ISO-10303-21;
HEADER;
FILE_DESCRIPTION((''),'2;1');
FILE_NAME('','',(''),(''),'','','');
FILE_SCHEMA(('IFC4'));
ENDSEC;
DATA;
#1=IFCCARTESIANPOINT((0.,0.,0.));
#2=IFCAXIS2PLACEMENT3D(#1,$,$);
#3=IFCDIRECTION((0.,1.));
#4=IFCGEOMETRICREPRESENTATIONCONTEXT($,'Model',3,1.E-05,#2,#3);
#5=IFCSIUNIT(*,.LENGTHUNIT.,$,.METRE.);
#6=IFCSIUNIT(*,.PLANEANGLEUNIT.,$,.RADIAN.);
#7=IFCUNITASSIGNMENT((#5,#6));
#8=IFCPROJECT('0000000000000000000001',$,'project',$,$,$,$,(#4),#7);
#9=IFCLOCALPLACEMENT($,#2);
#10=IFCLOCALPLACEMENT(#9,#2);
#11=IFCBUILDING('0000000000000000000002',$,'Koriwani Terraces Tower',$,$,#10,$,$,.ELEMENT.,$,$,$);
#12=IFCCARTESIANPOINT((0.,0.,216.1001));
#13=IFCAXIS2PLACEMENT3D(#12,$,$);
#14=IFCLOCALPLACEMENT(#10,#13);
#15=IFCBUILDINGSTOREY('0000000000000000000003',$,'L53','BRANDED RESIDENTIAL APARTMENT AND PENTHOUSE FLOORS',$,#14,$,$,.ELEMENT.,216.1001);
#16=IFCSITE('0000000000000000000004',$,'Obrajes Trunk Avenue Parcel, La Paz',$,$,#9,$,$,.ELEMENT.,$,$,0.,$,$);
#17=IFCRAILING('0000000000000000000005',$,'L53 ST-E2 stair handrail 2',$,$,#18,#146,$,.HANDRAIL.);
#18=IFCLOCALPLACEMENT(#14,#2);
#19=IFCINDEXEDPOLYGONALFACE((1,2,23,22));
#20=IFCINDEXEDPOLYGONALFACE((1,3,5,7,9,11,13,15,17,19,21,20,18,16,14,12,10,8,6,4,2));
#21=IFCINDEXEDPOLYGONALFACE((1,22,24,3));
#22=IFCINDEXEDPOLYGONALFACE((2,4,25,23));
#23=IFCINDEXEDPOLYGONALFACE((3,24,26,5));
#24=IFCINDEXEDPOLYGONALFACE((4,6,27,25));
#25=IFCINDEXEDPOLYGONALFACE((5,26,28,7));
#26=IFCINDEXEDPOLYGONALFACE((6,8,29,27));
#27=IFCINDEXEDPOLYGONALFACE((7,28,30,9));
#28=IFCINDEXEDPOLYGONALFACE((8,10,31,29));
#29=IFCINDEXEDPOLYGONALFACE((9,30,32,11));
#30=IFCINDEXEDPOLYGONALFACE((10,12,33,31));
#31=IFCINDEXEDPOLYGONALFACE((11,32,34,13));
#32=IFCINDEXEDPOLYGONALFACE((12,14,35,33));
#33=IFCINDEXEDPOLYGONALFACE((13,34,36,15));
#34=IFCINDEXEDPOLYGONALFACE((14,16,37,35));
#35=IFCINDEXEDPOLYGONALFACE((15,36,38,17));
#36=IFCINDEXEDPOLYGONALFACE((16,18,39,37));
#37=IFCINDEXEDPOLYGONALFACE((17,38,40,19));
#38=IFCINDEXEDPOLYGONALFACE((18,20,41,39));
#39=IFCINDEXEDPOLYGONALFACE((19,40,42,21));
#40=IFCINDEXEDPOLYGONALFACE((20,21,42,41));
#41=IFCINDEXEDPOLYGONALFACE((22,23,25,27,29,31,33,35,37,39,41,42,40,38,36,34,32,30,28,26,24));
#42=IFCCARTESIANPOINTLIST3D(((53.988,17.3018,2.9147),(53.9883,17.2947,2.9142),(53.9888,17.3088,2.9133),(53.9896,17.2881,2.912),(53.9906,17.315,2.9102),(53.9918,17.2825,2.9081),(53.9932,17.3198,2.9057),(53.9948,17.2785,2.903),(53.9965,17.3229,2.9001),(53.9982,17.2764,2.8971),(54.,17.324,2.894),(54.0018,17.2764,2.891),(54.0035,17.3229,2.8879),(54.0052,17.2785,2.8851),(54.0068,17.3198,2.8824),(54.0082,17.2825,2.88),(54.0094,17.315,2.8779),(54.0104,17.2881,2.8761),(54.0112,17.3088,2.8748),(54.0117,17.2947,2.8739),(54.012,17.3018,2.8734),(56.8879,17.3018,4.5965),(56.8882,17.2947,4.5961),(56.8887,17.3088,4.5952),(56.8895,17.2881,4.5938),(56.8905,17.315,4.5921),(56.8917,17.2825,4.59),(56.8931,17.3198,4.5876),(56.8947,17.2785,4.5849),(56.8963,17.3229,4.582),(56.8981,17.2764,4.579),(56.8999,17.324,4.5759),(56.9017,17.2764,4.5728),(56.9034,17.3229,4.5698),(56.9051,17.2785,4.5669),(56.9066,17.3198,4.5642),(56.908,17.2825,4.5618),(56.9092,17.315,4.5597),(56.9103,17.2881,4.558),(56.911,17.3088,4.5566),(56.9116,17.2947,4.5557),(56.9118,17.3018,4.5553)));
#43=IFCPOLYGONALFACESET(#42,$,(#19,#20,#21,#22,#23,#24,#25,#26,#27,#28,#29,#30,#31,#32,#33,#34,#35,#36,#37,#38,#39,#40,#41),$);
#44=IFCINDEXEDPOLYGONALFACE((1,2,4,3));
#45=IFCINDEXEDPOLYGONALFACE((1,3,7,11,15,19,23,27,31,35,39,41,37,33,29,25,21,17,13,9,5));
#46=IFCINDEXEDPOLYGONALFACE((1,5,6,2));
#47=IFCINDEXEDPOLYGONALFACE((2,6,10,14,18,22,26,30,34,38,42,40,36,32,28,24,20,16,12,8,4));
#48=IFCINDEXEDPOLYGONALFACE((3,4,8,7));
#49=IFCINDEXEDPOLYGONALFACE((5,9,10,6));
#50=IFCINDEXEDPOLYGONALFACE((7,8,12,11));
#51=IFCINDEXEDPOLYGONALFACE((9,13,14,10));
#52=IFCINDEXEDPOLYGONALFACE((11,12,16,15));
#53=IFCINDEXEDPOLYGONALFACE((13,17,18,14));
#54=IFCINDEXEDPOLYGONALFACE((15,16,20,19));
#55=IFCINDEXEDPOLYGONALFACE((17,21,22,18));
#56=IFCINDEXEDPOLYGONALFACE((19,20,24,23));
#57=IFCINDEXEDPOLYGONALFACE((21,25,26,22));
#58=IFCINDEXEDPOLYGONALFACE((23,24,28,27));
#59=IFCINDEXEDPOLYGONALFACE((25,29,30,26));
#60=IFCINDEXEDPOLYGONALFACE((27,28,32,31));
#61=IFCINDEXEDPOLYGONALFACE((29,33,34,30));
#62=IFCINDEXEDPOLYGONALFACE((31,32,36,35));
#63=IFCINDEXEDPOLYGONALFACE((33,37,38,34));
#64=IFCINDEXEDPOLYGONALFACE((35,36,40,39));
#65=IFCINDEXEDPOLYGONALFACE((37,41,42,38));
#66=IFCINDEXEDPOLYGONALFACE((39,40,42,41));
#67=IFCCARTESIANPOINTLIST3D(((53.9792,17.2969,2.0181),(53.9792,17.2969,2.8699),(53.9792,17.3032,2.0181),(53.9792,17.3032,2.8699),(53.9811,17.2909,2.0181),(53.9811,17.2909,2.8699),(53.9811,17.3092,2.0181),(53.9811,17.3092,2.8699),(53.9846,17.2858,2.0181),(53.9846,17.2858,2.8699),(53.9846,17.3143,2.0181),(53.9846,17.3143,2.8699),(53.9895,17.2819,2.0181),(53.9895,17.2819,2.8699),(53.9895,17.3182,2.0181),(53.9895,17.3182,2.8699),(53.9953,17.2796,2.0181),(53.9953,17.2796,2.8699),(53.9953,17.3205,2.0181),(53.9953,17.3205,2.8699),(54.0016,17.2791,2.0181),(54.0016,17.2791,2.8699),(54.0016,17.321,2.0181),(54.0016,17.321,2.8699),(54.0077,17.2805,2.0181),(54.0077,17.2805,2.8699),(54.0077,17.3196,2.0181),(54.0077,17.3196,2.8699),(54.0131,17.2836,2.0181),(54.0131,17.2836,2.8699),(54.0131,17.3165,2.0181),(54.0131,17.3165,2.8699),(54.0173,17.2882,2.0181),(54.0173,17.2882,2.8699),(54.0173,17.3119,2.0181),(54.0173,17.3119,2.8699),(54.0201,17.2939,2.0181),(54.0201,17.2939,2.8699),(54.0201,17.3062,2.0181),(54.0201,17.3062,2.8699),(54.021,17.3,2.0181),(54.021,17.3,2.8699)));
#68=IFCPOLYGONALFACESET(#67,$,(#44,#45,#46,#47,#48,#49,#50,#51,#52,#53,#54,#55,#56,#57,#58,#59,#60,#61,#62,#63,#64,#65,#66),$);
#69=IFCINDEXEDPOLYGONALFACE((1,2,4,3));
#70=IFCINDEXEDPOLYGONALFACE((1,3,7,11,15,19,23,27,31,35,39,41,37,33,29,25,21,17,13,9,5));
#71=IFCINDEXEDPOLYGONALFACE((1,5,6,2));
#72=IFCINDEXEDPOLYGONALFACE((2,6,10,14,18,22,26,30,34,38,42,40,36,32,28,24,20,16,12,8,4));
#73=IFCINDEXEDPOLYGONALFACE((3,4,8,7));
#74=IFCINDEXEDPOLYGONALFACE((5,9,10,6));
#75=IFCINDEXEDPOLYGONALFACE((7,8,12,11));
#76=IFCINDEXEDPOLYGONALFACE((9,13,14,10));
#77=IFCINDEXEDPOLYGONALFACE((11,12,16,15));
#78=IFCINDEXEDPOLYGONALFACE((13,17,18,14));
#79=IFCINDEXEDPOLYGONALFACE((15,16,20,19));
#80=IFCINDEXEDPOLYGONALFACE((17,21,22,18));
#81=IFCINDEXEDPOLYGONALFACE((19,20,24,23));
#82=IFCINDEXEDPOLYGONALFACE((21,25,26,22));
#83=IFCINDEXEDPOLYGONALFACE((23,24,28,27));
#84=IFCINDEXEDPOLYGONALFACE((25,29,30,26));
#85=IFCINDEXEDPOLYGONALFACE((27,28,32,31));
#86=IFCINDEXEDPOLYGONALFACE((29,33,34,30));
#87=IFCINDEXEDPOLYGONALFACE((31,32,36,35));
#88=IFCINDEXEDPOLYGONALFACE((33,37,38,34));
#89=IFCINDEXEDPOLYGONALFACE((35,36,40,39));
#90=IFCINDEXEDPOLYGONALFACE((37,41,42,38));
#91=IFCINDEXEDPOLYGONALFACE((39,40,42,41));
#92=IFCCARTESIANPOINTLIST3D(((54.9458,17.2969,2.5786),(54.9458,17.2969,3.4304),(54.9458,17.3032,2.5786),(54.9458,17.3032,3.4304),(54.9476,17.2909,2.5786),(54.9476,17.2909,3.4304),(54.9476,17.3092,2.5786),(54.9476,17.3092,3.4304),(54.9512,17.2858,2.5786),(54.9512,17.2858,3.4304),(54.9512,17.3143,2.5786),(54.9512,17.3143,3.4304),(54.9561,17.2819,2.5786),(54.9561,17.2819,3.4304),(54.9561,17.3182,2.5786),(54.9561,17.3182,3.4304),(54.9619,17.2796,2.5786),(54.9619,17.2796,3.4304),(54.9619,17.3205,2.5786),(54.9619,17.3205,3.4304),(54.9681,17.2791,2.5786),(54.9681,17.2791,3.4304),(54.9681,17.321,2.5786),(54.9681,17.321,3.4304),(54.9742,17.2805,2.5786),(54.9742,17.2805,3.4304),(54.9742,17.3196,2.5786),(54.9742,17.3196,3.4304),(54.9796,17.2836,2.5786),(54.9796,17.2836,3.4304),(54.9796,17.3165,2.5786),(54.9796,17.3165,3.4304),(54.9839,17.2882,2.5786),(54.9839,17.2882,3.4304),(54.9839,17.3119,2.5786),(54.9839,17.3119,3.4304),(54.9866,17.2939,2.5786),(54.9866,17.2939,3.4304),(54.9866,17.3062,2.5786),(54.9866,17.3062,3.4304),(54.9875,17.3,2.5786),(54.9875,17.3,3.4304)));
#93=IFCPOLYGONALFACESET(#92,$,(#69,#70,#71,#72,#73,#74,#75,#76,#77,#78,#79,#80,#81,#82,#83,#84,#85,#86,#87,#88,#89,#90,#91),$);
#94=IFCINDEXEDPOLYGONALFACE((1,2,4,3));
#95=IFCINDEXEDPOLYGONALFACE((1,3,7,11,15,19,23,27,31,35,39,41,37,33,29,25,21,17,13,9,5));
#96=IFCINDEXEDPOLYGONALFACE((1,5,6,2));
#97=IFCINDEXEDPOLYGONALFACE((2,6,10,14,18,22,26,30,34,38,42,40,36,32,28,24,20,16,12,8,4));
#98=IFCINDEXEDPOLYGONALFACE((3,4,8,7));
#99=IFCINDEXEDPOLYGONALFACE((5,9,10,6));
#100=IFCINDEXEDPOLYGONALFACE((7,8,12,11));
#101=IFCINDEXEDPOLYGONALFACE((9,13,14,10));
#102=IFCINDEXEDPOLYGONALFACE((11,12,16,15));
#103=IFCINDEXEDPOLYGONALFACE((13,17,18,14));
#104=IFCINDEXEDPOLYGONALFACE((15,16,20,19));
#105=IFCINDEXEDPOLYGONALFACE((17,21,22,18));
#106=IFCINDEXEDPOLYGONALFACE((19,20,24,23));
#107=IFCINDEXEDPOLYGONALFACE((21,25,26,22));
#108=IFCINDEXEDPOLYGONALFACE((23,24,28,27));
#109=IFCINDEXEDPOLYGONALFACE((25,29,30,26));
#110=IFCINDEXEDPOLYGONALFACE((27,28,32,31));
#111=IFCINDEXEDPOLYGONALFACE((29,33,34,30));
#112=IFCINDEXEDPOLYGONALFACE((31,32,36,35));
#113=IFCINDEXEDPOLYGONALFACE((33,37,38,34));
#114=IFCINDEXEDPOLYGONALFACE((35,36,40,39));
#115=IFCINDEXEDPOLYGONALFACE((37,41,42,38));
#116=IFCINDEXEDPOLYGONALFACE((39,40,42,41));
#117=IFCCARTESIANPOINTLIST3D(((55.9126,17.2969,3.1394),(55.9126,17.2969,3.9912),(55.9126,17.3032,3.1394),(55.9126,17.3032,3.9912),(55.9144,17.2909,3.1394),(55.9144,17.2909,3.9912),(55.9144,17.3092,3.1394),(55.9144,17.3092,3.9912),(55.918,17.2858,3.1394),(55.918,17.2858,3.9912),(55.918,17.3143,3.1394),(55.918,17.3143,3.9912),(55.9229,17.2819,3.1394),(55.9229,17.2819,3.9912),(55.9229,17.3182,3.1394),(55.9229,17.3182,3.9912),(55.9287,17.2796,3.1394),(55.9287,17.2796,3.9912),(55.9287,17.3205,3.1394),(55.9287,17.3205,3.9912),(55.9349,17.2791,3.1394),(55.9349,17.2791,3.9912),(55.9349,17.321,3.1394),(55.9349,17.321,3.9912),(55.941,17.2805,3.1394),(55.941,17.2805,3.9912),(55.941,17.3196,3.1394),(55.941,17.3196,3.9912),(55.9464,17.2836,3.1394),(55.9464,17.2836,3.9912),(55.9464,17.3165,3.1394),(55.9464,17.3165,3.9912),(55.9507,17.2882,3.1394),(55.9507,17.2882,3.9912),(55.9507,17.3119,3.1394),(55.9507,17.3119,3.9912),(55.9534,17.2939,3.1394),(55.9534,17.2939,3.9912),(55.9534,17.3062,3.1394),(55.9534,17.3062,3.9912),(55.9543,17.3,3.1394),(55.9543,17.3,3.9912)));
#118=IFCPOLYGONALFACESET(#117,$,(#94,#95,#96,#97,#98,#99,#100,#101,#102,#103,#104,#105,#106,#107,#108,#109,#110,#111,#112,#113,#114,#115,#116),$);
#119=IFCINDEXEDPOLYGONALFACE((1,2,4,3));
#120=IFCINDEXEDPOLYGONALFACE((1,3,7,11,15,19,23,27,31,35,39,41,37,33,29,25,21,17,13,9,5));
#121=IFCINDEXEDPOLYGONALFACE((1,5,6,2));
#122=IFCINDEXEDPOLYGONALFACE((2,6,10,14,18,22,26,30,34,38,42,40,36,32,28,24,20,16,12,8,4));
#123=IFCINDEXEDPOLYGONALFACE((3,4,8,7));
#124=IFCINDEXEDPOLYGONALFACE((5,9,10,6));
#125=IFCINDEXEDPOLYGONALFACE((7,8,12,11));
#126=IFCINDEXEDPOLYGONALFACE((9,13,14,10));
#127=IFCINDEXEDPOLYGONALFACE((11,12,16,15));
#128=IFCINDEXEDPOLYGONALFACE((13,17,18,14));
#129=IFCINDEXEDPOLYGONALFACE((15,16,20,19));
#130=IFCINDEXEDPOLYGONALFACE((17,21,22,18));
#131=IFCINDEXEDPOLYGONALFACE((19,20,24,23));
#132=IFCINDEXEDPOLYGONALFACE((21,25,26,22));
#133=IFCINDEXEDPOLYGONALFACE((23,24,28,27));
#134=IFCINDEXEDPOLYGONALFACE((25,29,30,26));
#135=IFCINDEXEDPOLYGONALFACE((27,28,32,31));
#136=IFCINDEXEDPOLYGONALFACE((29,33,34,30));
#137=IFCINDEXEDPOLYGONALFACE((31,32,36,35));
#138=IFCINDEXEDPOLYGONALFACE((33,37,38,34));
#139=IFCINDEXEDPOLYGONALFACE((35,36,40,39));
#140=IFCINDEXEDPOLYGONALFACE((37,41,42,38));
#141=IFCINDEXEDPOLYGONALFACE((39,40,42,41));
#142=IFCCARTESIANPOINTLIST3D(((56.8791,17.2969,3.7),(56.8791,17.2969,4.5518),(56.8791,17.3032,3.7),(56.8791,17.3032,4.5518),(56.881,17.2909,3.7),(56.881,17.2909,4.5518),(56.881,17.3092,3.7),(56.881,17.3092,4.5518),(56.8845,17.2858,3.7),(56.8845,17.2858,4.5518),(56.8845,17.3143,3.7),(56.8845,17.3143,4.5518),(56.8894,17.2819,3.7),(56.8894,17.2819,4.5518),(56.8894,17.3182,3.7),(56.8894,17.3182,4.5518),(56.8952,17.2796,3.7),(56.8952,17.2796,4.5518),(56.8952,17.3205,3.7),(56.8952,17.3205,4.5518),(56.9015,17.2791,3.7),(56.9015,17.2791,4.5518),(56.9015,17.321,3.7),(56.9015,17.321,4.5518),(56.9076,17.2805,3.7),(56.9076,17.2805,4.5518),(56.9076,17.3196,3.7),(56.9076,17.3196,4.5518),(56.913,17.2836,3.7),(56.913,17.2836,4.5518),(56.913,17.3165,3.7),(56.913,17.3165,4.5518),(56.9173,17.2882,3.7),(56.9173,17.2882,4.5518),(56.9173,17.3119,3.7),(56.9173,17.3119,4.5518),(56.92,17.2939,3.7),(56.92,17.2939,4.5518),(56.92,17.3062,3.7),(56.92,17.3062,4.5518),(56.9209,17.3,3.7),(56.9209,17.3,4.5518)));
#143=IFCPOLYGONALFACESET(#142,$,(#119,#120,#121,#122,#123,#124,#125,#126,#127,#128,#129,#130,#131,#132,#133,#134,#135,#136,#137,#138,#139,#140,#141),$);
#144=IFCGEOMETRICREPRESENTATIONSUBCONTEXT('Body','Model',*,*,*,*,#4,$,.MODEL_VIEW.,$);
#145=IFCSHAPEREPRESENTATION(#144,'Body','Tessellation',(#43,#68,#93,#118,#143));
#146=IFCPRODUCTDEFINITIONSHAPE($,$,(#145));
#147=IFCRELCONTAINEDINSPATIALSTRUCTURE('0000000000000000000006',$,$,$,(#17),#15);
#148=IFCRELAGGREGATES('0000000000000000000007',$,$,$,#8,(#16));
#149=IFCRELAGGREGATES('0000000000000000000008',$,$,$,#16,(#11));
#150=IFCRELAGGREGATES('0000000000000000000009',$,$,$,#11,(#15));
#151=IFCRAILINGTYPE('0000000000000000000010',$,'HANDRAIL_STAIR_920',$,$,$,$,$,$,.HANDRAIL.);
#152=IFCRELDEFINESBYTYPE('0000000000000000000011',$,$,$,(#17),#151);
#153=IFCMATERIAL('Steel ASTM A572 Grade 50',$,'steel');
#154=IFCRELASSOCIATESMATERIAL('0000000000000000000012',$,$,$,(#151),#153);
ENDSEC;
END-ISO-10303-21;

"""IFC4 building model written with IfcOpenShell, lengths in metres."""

from ifc_helpers import new_model, si_unit, direction, frame, origin, origin_2d, place, context, subcontext, project, spatial, circle, extrude, material, type_object, element, save


model = new_model("IFC4")

# Units and contexts
model_context = context("Model", 3, precision=1e-05, world=origin(), true_north=direction((0.0, 1.0)))
body_context = subcontext(model_context, "Body", "Model", "MODEL_VIEW")
ifc_project = project(units=[si_unit("LENGTHUNIT", "METRE"), si_unit("PLANEANGLEUNIT", "RADIAN")], contexts=[model_context])

# Site, building, storey
site_placement = place(None, origin())
site = spatial("IfcSite", under=ifc_project, at=site_placement, Name="Obrajes Trunk Avenue Parcel, La Paz", CompositionType="ELEMENT", RefElevation=0.0)
building_placement = place(site_placement, origin())
building = spatial("IfcBuilding", under=site, at=building_placement, Name="Koriwani Terraces Tower", CompositionType="ELEMENT")
storey_placement = place(building_placement, frame((0.0, 0.0, 216.1001)))
storey = spatial("IfcBuildingStorey", under=building, at=storey_placement, Name="L53", Description="BRANDED RESIDENTIAL APARTMENT AND PENTHOUSE FLOORS", CompositionType="ELEMENT", Elevation=216.1001)

# Shared definitions
ifc_material_1 = material(Name="Steel ASTM A572 Grade 50", Category="steel")

# Railing
railing_type_1 = type_object("IfcRailingType", Name="HANDRAIL_STAIR_920", PredefinedType="HANDRAIL", material=ifc_material_1)
railing_1_placement = place(storey_placement, frame((54.0, 17.3, 2.0181)))
element("IfcRailing", 1, at=railing_1_placement, inside=storey, type_object=railing_type_1, Name="L53 ST-E2 stair handrail 2", PredefinedType="HANDRAIL", context=body_context, shape_type="SweptSolid", body=[
    extrude(circle(Radius=0.0239, at=origin_2d()), frame((0.0, 0.0, 0.876), z_axis=(0.865039, 0.0, 0.501705), x_axis=(0.0, 1.0, 0.0)), (0.0, 0.0, 1.0), 3.3523),
    extrude(circle(Radius=0.021, at=origin_2d()), origin(), (0.0, 0.0, 1.0), 0.8518),
    extrude(circle(Radius=0.021, at=origin_2d()), frame((0.9666, 0.0, 0.5605)), (0.0, 0.0, 1.0), 0.8518),
    extrude(circle(Radius=0.021, at=origin_2d()), frame((1.9333, 0.0, 1.1213)), (0.0, 0.0, 1.0), 0.8518),
    extrude(circle(Radius=0.021, at=origin_2d()), frame((2.8999, 0.0, 1.6819)), (0.0, 0.0, 1.0), 0.8518),
])

save(model, "model.ifc")
